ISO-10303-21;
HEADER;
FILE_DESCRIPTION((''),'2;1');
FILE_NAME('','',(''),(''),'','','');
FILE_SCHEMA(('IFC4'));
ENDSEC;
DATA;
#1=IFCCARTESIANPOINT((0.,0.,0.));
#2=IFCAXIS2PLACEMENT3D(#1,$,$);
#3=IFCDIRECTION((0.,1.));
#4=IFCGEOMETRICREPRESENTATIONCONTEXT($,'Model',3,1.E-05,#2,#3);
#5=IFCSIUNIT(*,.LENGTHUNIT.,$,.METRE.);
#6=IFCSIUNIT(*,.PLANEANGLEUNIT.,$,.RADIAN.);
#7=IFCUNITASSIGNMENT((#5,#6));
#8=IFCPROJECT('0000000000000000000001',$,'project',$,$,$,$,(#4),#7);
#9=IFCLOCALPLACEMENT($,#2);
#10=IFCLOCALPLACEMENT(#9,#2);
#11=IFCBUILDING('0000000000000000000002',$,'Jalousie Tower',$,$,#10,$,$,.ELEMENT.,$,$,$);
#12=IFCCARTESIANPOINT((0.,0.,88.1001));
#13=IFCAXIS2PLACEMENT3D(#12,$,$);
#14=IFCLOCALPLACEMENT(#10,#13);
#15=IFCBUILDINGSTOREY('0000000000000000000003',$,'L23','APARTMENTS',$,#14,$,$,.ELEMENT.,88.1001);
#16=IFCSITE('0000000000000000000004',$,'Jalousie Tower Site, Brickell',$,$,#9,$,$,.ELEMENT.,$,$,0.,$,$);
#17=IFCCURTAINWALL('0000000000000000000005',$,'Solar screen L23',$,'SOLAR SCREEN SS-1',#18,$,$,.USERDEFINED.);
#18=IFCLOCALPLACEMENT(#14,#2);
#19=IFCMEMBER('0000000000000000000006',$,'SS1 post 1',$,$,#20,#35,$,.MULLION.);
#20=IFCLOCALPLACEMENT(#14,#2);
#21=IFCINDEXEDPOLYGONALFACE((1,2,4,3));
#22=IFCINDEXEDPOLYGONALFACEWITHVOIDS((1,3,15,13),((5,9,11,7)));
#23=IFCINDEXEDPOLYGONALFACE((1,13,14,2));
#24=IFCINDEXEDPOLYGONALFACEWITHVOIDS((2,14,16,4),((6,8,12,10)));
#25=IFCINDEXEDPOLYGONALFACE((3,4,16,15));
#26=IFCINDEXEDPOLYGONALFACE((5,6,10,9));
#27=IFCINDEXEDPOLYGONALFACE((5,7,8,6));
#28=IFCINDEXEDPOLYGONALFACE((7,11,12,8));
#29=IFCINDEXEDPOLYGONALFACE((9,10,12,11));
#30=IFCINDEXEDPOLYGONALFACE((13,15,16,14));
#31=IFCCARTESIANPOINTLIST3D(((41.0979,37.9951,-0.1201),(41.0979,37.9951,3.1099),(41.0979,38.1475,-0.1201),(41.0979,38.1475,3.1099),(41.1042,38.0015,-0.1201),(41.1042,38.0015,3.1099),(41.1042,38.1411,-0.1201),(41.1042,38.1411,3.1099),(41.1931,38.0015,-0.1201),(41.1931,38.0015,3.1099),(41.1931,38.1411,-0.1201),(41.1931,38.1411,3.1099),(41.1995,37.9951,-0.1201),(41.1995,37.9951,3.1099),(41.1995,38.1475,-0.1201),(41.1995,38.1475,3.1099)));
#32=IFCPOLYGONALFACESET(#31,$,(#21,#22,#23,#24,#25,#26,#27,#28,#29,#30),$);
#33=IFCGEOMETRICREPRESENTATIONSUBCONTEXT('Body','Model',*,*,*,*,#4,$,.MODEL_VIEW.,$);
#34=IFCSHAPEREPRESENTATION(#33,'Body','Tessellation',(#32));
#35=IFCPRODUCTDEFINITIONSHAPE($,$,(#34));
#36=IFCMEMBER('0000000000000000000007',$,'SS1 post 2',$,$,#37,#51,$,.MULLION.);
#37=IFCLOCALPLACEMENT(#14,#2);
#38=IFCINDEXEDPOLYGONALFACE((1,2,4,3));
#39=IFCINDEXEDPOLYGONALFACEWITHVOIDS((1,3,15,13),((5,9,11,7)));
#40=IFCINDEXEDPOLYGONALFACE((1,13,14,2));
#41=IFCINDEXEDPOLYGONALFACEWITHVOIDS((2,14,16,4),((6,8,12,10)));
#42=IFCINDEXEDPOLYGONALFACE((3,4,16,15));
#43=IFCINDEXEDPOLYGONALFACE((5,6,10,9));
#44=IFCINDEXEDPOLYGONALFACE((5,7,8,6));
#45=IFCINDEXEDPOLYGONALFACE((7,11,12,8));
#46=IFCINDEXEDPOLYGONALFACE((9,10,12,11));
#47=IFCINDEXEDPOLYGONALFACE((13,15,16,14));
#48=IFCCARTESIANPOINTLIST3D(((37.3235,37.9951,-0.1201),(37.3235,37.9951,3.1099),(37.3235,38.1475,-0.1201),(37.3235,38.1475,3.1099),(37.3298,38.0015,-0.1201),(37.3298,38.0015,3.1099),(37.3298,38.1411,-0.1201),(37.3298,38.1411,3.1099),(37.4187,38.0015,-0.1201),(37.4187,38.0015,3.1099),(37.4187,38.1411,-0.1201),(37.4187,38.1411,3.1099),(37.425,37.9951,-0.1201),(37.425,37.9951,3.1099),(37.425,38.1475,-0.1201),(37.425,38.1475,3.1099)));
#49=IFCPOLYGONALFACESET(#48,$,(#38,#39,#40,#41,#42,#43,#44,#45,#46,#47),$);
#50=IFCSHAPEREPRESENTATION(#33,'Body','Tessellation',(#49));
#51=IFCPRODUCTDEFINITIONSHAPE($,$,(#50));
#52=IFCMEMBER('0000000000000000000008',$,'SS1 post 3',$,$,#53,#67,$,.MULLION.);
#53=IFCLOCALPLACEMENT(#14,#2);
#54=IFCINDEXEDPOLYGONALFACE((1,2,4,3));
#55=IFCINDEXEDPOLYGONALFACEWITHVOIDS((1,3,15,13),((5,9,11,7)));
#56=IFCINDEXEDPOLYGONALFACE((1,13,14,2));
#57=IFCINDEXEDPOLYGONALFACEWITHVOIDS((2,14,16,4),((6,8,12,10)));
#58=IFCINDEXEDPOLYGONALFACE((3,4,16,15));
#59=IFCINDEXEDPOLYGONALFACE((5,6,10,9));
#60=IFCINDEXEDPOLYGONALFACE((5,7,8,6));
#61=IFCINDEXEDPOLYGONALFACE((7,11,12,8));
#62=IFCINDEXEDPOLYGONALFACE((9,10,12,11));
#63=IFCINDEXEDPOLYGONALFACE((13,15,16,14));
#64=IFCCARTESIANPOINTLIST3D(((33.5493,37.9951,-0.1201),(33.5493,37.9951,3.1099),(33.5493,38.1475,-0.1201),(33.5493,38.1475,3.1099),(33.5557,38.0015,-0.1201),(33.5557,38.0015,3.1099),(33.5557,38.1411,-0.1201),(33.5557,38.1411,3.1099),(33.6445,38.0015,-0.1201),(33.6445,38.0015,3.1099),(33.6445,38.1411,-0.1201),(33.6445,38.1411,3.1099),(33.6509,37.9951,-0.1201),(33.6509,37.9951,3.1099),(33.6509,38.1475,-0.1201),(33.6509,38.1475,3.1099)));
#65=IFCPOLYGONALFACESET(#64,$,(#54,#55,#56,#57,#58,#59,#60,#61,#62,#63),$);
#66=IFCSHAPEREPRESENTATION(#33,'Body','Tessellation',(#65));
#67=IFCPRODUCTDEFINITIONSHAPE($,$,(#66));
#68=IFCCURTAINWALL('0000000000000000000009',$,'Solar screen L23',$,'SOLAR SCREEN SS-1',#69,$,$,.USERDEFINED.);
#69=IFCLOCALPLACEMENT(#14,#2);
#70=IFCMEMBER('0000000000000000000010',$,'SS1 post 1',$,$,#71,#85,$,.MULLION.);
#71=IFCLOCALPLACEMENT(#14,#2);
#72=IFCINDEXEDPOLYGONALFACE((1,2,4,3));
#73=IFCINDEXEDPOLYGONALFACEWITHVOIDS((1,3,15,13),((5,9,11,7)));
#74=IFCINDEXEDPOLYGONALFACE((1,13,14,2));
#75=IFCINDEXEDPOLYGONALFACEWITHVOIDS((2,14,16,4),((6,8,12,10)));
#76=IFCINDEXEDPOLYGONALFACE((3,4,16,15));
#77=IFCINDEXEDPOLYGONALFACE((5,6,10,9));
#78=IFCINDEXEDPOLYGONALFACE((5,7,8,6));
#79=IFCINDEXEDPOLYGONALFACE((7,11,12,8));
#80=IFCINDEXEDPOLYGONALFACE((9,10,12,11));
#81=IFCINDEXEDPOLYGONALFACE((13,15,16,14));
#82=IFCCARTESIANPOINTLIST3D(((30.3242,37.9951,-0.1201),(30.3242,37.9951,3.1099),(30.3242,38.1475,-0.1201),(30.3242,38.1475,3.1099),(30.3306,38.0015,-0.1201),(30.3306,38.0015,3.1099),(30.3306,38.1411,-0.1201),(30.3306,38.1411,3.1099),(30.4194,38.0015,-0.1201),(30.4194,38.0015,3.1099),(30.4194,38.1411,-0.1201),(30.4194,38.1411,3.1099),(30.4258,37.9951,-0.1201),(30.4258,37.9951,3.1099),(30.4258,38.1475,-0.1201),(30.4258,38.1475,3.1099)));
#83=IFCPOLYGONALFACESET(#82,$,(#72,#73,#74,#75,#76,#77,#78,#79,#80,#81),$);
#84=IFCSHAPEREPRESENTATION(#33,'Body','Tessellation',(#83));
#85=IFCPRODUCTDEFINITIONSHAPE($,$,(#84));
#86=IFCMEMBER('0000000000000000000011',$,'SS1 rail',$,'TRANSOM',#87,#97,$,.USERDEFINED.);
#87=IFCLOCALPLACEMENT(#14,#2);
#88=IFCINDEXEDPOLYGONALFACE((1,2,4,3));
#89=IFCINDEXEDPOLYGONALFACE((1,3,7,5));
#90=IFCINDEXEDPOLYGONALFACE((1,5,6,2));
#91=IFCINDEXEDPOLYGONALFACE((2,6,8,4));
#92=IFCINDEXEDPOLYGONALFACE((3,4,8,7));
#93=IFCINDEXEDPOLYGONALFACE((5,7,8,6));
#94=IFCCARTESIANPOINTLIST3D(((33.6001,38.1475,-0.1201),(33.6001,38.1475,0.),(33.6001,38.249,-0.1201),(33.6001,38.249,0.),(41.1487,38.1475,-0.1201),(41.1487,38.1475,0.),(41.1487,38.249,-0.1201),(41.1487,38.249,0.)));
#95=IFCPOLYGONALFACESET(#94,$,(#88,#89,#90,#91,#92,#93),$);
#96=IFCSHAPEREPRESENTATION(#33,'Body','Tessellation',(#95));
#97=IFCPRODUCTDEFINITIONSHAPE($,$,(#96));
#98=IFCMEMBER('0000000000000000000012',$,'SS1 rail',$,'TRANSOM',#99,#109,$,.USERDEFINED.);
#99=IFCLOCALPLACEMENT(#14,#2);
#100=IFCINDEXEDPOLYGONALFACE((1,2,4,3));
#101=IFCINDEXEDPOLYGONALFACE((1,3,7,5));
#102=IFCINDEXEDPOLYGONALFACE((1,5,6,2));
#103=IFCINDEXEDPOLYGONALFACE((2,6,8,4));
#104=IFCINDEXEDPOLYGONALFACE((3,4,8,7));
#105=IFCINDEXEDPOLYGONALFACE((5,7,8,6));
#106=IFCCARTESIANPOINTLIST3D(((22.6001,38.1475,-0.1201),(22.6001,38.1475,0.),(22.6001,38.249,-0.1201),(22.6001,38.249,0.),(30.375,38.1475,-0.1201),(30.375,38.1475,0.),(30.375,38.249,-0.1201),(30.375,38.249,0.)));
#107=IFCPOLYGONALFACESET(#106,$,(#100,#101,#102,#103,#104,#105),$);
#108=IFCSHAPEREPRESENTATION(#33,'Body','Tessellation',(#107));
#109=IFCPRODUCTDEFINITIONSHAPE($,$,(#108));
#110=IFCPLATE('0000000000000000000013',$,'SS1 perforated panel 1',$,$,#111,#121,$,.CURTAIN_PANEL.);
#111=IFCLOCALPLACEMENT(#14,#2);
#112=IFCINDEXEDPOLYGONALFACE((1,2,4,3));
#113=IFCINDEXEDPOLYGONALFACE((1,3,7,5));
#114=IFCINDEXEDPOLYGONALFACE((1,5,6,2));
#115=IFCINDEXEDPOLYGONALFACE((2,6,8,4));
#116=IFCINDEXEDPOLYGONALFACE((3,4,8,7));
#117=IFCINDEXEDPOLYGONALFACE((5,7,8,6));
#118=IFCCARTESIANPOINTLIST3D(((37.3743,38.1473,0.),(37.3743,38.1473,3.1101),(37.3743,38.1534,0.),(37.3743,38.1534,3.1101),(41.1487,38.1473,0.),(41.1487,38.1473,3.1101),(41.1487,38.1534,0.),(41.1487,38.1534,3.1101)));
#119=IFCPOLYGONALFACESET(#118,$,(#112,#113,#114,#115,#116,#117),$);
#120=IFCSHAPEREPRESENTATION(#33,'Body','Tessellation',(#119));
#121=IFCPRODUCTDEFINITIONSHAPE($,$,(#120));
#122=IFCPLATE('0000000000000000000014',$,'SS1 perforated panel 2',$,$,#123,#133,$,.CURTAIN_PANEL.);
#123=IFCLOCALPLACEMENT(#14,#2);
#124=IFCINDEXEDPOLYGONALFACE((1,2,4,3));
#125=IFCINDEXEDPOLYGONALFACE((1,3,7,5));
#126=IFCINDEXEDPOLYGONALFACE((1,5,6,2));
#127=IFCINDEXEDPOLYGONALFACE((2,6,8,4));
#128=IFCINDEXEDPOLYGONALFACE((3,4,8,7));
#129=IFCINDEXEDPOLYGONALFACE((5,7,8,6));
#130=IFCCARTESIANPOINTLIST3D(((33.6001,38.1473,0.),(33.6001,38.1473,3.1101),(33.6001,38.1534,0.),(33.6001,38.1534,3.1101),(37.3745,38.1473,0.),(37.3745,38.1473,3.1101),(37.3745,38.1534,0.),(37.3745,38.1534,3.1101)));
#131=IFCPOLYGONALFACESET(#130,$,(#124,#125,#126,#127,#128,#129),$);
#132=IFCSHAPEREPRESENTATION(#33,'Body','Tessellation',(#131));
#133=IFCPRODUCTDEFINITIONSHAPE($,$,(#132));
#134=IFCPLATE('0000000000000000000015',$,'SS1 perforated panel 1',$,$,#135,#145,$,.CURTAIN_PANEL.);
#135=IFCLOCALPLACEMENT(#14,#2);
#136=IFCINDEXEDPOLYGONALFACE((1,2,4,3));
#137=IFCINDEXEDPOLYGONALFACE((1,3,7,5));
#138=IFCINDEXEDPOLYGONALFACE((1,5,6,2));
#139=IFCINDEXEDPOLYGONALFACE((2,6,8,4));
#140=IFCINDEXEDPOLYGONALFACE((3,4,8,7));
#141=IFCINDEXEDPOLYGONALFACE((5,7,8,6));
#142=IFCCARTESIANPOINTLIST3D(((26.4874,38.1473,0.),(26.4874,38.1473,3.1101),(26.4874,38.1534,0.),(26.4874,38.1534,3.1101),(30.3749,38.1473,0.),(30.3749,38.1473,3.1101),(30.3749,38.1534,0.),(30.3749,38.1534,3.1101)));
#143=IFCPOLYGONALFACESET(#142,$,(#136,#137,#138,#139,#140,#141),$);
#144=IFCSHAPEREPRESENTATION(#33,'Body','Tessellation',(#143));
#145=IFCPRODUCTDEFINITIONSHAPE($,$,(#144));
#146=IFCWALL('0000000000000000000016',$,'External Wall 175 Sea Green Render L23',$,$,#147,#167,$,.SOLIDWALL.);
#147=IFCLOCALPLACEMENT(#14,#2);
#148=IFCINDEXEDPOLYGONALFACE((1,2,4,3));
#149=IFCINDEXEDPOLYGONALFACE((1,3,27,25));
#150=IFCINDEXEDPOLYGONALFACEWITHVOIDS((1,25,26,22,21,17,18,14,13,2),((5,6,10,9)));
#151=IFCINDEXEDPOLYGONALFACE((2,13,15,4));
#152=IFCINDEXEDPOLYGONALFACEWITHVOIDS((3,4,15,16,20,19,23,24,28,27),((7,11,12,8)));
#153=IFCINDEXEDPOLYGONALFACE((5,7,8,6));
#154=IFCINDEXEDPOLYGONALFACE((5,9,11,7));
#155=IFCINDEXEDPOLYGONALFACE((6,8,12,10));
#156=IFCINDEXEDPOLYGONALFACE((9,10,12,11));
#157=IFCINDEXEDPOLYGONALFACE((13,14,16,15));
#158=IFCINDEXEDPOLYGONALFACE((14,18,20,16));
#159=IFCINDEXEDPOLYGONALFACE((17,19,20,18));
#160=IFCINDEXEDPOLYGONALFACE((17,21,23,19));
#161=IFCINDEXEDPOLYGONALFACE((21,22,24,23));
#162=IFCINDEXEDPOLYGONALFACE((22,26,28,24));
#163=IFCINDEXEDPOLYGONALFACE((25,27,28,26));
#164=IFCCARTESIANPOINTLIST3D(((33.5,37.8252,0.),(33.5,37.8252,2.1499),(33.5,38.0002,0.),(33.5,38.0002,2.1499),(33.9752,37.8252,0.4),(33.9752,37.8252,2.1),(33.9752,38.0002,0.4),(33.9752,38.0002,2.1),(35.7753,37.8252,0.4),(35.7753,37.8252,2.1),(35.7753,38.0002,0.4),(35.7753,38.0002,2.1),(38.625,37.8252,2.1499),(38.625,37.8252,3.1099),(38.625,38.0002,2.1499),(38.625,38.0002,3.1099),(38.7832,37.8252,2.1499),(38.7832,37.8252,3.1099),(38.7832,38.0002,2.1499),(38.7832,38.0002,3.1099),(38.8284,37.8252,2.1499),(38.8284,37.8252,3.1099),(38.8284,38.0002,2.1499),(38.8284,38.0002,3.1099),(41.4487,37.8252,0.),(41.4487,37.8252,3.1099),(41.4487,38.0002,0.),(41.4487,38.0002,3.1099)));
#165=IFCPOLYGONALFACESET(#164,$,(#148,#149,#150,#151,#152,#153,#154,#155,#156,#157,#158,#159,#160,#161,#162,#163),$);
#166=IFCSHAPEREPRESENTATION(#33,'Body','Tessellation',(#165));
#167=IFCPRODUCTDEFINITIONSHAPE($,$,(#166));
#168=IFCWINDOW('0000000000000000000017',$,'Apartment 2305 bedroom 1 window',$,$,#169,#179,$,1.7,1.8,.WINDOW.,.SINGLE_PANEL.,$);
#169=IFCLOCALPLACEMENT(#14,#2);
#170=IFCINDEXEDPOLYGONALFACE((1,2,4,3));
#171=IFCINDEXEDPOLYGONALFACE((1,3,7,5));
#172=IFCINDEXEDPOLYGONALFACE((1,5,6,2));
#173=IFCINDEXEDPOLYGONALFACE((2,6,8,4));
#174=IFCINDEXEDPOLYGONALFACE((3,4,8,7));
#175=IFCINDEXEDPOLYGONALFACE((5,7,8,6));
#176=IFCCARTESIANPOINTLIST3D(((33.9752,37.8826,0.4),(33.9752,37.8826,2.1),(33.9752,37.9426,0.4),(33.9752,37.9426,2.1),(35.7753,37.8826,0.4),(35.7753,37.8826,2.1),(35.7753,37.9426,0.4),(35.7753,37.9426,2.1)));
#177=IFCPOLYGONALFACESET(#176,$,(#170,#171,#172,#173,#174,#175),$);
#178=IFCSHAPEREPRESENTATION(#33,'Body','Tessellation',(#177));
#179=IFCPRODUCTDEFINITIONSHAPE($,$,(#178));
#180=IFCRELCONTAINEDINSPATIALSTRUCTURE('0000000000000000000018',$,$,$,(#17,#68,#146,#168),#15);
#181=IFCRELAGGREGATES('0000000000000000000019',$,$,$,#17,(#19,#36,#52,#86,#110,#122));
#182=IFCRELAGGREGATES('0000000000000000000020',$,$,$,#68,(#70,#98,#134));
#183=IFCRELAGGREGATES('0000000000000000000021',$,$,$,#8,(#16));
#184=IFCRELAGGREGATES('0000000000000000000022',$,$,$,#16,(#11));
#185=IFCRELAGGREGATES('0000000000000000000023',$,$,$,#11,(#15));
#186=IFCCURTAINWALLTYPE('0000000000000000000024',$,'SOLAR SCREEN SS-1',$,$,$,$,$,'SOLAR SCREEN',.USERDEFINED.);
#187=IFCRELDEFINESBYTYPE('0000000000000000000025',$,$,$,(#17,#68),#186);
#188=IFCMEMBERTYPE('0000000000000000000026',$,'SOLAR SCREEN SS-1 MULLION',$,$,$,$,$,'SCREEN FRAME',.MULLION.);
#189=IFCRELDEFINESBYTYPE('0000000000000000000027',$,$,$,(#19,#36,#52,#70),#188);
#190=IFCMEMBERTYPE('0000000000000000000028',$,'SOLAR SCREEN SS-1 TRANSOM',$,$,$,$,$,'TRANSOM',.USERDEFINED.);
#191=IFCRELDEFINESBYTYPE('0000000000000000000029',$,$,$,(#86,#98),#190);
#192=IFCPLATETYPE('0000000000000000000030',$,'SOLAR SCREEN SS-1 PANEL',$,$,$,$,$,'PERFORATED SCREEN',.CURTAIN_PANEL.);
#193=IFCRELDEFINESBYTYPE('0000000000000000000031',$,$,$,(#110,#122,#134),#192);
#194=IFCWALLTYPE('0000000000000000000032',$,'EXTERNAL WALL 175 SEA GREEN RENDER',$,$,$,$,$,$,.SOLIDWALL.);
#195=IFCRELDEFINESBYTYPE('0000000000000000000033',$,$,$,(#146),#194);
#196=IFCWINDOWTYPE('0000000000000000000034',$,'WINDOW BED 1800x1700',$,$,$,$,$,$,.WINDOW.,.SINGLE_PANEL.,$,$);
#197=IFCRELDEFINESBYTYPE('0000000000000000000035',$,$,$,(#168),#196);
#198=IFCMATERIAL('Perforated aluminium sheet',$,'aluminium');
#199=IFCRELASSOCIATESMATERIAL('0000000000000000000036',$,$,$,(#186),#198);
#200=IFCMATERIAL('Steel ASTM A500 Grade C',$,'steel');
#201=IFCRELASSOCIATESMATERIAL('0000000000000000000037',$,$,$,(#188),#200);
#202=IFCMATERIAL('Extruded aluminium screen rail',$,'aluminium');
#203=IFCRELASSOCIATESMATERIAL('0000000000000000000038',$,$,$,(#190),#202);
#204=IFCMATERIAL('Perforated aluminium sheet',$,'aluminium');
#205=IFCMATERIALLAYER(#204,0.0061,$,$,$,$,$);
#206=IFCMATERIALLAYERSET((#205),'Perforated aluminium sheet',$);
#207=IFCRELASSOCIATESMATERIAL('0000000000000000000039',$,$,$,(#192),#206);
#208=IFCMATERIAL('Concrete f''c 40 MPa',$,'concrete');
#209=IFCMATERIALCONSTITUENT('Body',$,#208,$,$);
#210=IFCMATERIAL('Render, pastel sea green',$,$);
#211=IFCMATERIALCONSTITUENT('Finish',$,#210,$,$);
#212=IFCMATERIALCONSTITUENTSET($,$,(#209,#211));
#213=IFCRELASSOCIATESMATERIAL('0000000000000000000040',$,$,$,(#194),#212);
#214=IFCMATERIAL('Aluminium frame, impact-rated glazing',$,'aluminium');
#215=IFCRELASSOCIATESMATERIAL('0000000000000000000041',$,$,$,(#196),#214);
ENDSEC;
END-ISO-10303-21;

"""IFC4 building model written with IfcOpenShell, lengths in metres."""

from ifc_helpers import new_model, si_unit, direction, frame, frame_2d, origin, origin_2d, place, context, subcontext, project, spatial, polyline, rectangle, hollow_rectangle, outline, extrude, material, layer, layer_set, constituent, constituent_set, material_profile, profile_set, type_object, element, fill, aggregate, save


model = new_model("IFC4")

# Units and contexts
model_context = context("Model", 3, precision=1e-05, world=origin(), true_north=direction((0.0, 1.0)))
body_context = subcontext(model_context, "Body", "Model", "MODEL_VIEW")
ifc_project = project(units=[si_unit("LENGTHUNIT", "METRE"), si_unit("PLANEANGLEUNIT", "RADIAN")], contexts=[model_context])

# Site, building, storey
site_placement = place(None, origin())
site = spatial("IfcSite", under=ifc_project, at=site_placement, Name="Jalousie Tower Site, Brickell", CompositionType="ELEMENT", RefElevation=0.0)
building_placement = place(site_placement, origin())
building = spatial("IfcBuilding", under=site, at=building_placement, Name="Jalousie Tower", CompositionType="ELEMENT")
storey_placement = place(building_placement, frame((0.0, 0.0, 88.1001)))
storey = spatial("IfcBuildingStorey", under=building, at=storey_placement, Name="L23", Description="APARTMENTS", CompositionType="ELEMENT", Elevation=88.1001)

# Curtain wall, members
ifc_material_1 = material(Name="Perforated aluminium sheet", Category="aluminium")
curtain_wall_type = type_object("IfcCurtainWallType", Name="SOLAR SCREEN SS-1", ElementType="SOLAR SCREEN", PredefinedType="USERDEFINED", material=ifc_material_1)
curtain_wall_1_placement = place(storey_placement, origin())
curtain_wall_1 = element("IfcCurtainWall", 1, at=curtain_wall_1_placement, inside=storey, type_object=curtain_wall_type, Name="Solar screen L23", ObjectType="SOLAR SCREEN SS-1", PredefinedType="USERDEFINED")
ifc_material_2 = material(Name="Steel ASTM A500 Grade C", Category="steel")
ifc_material_profile_1 = material_profile(ifc_material_2, hollow_rectangle(XDim=0.1016, YDim=0.1523, WallThickness=0.0063, at=origin_2d()), Name="HSS6X4X1/4")
ifc_profile_set_1 = profile_set([ifc_material_profile_1], Name="Steel ASTM A500 Grade C")
member_type_1 = type_object("IfcMemberType", Name="SOLAR SCREEN SS-1 MULLION", ElementType="SCREEN FRAME", PredefinedType="MULLION", material=ifc_profile_set_1)
member_1_placement = place(storey_placement, frame((41.1487, 38.0713, -0.1201), z_axis=(0.0, 0.0, 1.0), x_axis=(-1.0, 0.0, 0.0)))
member_1 = element("IfcMember", 2, at=member_1_placement, type_object=member_type_1, Name="SS1 post 1", PredefinedType="MULLION", context=body_context, shape_type="SweptSolid", body=[
    extrude(hollow_rectangle(XDim=0.1016, YDim=0.1523, WallThickness=0.0063, at=origin_2d()), origin(), (0.0, 0.0, 1.0), 3.23),
])
member_2_placement = place(storey_placement, frame((37.3743, 38.0713, -0.1201), z_axis=(0.0, 0.0, 1.0), x_axis=(-1.0, 0.0, 0.0)))
member_2 = element("IfcMember", 3, at=member_2_placement, type_object=member_type_1, Name="SS1 post 2", PredefinedType="MULLION", context=body_context, shape_type="SweptSolid", body=[
    extrude(hollow_rectangle(XDim=0.1016, YDim=0.1523, WallThickness=0.0063, at=origin_2d()), origin(), (0.0, 0.0, 1.0), 3.23),
])
member_3_placement = place(storey_placement, frame((33.6001, 38.0713, -0.1201), z_axis=(0.0, 0.0, 1.0), x_axis=(-1.0, 0.0, 0.0)))
member_3 = element("IfcMember", 4, at=member_3_placement, type_object=member_type_1, Name="SS1 post 3", PredefinedType="MULLION", context=body_context, shape_type="SweptSolid", body=[
    extrude(hollow_rectangle(XDim=0.1016, YDim=0.1523, WallThickness=0.0063, at=origin_2d()), origin(), (0.0, 0.0, 1.0), 3.23),
])

# Curtain wall, member
curtain_wall_2_placement = place(storey_placement, origin())
curtain_wall_2 = element("IfcCurtainWall", 5, at=curtain_wall_2_placement, inside=storey, type_object=curtain_wall_type, Name="Solar screen L23", ObjectType="SOLAR SCREEN SS-1", PredefinedType="USERDEFINED")
member_4_placement = place(storey_placement, frame((30.375, 38.0713, -0.1201), z_axis=(0.0, 0.0, 1.0), x_axis=(-1.0, 0.0, 0.0)))
member_4 = element("IfcMember", 6, at=member_4_placement, type_object=member_type_1, Name="SS1 post 1", PredefinedType="MULLION", context=body_context, shape_type="SweptSolid", body=[
    extrude(hollow_rectangle(XDim=0.1016, YDim=0.1523, WallThickness=0.0063, at=origin_2d()), origin(), (0.0, 0.0, 1.0), 3.23),
])

# Members
ifc_material_3 = material(Name="Extruded aluminium screen rail", Category="aluminium")
ifc_material_profile_2 = material_profile(ifc_material_3, rectangle(XDim=0.1016, YDim=0.1201, at=origin_2d()), Name="RAIL 102x120")
ifc_profile_set_2 = profile_set([ifc_material_profile_2], Name="Extruded aluminium screen rail")
member_type_2 = type_object("IfcMemberType", Name="SOLAR SCREEN SS-1 TRANSOM", ElementType="TRANSOM", PredefinedType="USERDEFINED", material=ifc_profile_set_2)
member_5_placement = place(storey_placement, frame((41.1487, 38.1982, -0.0601), z_axis=(-1.0, 0.0, 0.0), x_axis=(0.0, -1.0, 0.0)))
member_5 = element("IfcMember", 7, at=member_5_placement, type_object=member_type_2, Name="SS1 rail", ObjectType="TRANSOM", PredefinedType="USERDEFINED", context=body_context, shape_type="SweptSolid", body=[
    extrude(rectangle(XDim=0.1016, YDim=0.1201, at=origin_2d()), origin(), (0.0, 0.0, 1.0), 7.5486),
])
member_6_placement = place(storey_placement, frame((30.375, 38.1982, -0.0601), z_axis=(-1.0, 0.0, 0.0), x_axis=(0.0, -1.0, 0.0)))
member_6 = element("IfcMember", 8, at=member_6_placement, type_object=member_type_2, Name="SS1 rail", ObjectType="TRANSOM", PredefinedType="USERDEFINED", context=body_context, shape_type="SweptSolid", body=[
    extrude(rectangle(XDim=0.1016, YDim=0.1201, at=origin_2d()), origin(), (0.0, 0.0, 1.0), 7.7749),
])

# Plates
ifc_material_4 = material(Name="Perforated aluminium sheet", Category="aluminium")
ifc_layer_1 = layer(ifc_material_4, 0.0061)
ifc_layer_set_1 = layer_set([ifc_layer_1], Name="Perforated aluminium sheet")
plate_type = type_object("IfcPlateType", Name="SOLAR SCREEN SS-1 PANEL", ElementType="PERFORATED SCREEN", PredefinedType="CURTAIN_PANEL", material=ifc_layer_set_1)
plate_1_placement = place(storey_placement, frame((39.2615, 38.1504, 0.0), z_axis=(0.0, 0.0, 1.0), x_axis=(-1.0, 0.0, 0.0)))
plate_1 = element("IfcPlate", 9, at=plate_1_placement, type_object=plate_type, Name="SS1 perforated panel 1", PredefinedType="CURTAIN_PANEL", context=body_context, shape_type="SweptSolid", body=[
    extrude(rectangle(XDim=3.7744, YDim=0.0061, at=origin_2d()), origin(), (0.0, 0.0, 1.0), 3.1101),
])
plate_2_placement = place(storey_placement, frame((35.4873, 38.1504, 0.0), z_axis=(0.0, 0.0, 1.0), x_axis=(-1.0, 0.0, 0.0)))
plate_2 = element("IfcPlate", 10, at=plate_2_placement, type_object=plate_type, Name="SS1 perforated panel 2", PredefinedType="CURTAIN_PANEL", context=body_context, shape_type="SweptSolid", body=[
    extrude(rectangle(XDim=3.7744, YDim=0.0061, at=origin_2d()), origin(), (0.0, 0.0, 1.0), 3.1101),
])
aggregate(curtain_wall_1, [member_1, member_2, member_3, member_5, plate_1, plate_2])
plate_3_placement = place(storey_placement, frame((28.4312, 38.1504, 0.0), z_axis=(0.0, 0.0, 1.0), x_axis=(-1.0, 0.0, 0.0)))
plate_3 = element("IfcPlate", 11, at=plate_3_placement, type_object=plate_type, Name="SS1 perforated panel 1", PredefinedType="CURTAIN_PANEL", context=body_context, shape_type="SweptSolid", body=[
    extrude(rectangle(XDim=3.8875, YDim=0.0061, at=origin_2d()), origin(), (0.0, 0.0, 1.0), 3.1101),
])
aggregate(curtain_wall_2, [member_4, member_6, plate_3])

# Wall, opening, window
ifc_material_5 = material(Name="Concrete f'c 40 MPa", Category="concrete")
ifc_constituent_1 = constituent(ifc_material_5, Name="Body")
ifc_material_6 = material(Name="Render, pastel sea green")
ifc_constituent_2 = constituent(ifc_material_6, Name="Finish")
ifc_constituent_set_1 = constituent_set(constituents=[ifc_constituent_1, ifc_constituent_2])
wall_type_1 = type_object("IfcWallType", Name="EXTERNAL WALL 175 SEA GREEN RENDER", PredefinedType="SOLIDWALL", material=ifc_constituent_set_1)
wall_1_placement = place(storey_placement, frame((41.4487, 37.9126, 0.0), z_axis=(0.0, 0.0, 1.0), x_axis=(-1.0, 0.0, 0.0)))
wall_1 = element("IfcWall", 12, at=wall_1_placement, inside=storey, type_object=wall_type_1, Name="External Wall 175 Sea Green Render L23", PredefinedType="SOLIDWALL", context=body_context, shape_type="SweptSolid", body=[
    extrude(outline(polyline([(0.0, 0.0), (7.9487, 0.0), (7.9487, 2.1499), (2.8237, 2.1499), (2.8237, 3.1099), (2.6655, 3.1099), (2.6655, 2.1499), (2.6204, 2.1499), (2.6204, 3.1099), (0.0, 3.1099), (0.0, 0.0)])), frame((0.0, 0.0874, 0.0), z_axis=(0.0, -1.0, 0.0), x_axis=(1.0, 0.0, 0.0)), (0.0, 0.0, 1.0), 0.175),
])
opening_1_placement = place(wall_1_placement, frame((5.6736, 0.0, 0.3999)))
opening_1 = element("IfcOpeningElement", 13, at=opening_1_placement, cuts=wall_1, PredefinedType="OPENING", context=body_context, shape_type="SweptSolid", body=[
    extrude(rectangle(XDim=1.8, YDim=1.7, at=frame_2d((0.8999, 0.8501))), frame((0.0, 0.0974, 0.0), z_axis=(0.0, -1.0, 0.0), x_axis=(1.0, 0.0, 0.0)), (0.0, 0.0, 1.0), 0.1951),
])
ifc_material_7 = material(Name="Aluminium frame, impact-rated glazing", Category="aluminium")
window_type = type_object("IfcWindowType", Name="WINDOW BED 1800x1700", PartitioningType="SINGLE_PANEL", PredefinedType="WINDOW", material=ifc_material_7)
window_1_placement = place(opening_1_placement, origin())
window_1 = element("IfcWindow", 14, at=window_1_placement, inside=storey, type_object=window_type, Name="Apartment 2305 bedroom 1 window", OverallHeight=1.7, OverallWidth=1.8, PartitioningType="SINGLE_PANEL", PredefinedType="WINDOW", context=body_context, shape_type="SweptSolid", body=[
    extrude(rectangle(XDim=1.8, YDim=1.7, at=frame_2d((0.8999, 0.8501))), frame((0.0, 0.03, 0.0), z_axis=(0.0, -1.0, 0.0), x_axis=(1.0, 0.0, 0.0)), (0.0, 0.0, 1.0), 0.0601),
])
fill(opening_1, window_1)

save(model, "model.ifc")
